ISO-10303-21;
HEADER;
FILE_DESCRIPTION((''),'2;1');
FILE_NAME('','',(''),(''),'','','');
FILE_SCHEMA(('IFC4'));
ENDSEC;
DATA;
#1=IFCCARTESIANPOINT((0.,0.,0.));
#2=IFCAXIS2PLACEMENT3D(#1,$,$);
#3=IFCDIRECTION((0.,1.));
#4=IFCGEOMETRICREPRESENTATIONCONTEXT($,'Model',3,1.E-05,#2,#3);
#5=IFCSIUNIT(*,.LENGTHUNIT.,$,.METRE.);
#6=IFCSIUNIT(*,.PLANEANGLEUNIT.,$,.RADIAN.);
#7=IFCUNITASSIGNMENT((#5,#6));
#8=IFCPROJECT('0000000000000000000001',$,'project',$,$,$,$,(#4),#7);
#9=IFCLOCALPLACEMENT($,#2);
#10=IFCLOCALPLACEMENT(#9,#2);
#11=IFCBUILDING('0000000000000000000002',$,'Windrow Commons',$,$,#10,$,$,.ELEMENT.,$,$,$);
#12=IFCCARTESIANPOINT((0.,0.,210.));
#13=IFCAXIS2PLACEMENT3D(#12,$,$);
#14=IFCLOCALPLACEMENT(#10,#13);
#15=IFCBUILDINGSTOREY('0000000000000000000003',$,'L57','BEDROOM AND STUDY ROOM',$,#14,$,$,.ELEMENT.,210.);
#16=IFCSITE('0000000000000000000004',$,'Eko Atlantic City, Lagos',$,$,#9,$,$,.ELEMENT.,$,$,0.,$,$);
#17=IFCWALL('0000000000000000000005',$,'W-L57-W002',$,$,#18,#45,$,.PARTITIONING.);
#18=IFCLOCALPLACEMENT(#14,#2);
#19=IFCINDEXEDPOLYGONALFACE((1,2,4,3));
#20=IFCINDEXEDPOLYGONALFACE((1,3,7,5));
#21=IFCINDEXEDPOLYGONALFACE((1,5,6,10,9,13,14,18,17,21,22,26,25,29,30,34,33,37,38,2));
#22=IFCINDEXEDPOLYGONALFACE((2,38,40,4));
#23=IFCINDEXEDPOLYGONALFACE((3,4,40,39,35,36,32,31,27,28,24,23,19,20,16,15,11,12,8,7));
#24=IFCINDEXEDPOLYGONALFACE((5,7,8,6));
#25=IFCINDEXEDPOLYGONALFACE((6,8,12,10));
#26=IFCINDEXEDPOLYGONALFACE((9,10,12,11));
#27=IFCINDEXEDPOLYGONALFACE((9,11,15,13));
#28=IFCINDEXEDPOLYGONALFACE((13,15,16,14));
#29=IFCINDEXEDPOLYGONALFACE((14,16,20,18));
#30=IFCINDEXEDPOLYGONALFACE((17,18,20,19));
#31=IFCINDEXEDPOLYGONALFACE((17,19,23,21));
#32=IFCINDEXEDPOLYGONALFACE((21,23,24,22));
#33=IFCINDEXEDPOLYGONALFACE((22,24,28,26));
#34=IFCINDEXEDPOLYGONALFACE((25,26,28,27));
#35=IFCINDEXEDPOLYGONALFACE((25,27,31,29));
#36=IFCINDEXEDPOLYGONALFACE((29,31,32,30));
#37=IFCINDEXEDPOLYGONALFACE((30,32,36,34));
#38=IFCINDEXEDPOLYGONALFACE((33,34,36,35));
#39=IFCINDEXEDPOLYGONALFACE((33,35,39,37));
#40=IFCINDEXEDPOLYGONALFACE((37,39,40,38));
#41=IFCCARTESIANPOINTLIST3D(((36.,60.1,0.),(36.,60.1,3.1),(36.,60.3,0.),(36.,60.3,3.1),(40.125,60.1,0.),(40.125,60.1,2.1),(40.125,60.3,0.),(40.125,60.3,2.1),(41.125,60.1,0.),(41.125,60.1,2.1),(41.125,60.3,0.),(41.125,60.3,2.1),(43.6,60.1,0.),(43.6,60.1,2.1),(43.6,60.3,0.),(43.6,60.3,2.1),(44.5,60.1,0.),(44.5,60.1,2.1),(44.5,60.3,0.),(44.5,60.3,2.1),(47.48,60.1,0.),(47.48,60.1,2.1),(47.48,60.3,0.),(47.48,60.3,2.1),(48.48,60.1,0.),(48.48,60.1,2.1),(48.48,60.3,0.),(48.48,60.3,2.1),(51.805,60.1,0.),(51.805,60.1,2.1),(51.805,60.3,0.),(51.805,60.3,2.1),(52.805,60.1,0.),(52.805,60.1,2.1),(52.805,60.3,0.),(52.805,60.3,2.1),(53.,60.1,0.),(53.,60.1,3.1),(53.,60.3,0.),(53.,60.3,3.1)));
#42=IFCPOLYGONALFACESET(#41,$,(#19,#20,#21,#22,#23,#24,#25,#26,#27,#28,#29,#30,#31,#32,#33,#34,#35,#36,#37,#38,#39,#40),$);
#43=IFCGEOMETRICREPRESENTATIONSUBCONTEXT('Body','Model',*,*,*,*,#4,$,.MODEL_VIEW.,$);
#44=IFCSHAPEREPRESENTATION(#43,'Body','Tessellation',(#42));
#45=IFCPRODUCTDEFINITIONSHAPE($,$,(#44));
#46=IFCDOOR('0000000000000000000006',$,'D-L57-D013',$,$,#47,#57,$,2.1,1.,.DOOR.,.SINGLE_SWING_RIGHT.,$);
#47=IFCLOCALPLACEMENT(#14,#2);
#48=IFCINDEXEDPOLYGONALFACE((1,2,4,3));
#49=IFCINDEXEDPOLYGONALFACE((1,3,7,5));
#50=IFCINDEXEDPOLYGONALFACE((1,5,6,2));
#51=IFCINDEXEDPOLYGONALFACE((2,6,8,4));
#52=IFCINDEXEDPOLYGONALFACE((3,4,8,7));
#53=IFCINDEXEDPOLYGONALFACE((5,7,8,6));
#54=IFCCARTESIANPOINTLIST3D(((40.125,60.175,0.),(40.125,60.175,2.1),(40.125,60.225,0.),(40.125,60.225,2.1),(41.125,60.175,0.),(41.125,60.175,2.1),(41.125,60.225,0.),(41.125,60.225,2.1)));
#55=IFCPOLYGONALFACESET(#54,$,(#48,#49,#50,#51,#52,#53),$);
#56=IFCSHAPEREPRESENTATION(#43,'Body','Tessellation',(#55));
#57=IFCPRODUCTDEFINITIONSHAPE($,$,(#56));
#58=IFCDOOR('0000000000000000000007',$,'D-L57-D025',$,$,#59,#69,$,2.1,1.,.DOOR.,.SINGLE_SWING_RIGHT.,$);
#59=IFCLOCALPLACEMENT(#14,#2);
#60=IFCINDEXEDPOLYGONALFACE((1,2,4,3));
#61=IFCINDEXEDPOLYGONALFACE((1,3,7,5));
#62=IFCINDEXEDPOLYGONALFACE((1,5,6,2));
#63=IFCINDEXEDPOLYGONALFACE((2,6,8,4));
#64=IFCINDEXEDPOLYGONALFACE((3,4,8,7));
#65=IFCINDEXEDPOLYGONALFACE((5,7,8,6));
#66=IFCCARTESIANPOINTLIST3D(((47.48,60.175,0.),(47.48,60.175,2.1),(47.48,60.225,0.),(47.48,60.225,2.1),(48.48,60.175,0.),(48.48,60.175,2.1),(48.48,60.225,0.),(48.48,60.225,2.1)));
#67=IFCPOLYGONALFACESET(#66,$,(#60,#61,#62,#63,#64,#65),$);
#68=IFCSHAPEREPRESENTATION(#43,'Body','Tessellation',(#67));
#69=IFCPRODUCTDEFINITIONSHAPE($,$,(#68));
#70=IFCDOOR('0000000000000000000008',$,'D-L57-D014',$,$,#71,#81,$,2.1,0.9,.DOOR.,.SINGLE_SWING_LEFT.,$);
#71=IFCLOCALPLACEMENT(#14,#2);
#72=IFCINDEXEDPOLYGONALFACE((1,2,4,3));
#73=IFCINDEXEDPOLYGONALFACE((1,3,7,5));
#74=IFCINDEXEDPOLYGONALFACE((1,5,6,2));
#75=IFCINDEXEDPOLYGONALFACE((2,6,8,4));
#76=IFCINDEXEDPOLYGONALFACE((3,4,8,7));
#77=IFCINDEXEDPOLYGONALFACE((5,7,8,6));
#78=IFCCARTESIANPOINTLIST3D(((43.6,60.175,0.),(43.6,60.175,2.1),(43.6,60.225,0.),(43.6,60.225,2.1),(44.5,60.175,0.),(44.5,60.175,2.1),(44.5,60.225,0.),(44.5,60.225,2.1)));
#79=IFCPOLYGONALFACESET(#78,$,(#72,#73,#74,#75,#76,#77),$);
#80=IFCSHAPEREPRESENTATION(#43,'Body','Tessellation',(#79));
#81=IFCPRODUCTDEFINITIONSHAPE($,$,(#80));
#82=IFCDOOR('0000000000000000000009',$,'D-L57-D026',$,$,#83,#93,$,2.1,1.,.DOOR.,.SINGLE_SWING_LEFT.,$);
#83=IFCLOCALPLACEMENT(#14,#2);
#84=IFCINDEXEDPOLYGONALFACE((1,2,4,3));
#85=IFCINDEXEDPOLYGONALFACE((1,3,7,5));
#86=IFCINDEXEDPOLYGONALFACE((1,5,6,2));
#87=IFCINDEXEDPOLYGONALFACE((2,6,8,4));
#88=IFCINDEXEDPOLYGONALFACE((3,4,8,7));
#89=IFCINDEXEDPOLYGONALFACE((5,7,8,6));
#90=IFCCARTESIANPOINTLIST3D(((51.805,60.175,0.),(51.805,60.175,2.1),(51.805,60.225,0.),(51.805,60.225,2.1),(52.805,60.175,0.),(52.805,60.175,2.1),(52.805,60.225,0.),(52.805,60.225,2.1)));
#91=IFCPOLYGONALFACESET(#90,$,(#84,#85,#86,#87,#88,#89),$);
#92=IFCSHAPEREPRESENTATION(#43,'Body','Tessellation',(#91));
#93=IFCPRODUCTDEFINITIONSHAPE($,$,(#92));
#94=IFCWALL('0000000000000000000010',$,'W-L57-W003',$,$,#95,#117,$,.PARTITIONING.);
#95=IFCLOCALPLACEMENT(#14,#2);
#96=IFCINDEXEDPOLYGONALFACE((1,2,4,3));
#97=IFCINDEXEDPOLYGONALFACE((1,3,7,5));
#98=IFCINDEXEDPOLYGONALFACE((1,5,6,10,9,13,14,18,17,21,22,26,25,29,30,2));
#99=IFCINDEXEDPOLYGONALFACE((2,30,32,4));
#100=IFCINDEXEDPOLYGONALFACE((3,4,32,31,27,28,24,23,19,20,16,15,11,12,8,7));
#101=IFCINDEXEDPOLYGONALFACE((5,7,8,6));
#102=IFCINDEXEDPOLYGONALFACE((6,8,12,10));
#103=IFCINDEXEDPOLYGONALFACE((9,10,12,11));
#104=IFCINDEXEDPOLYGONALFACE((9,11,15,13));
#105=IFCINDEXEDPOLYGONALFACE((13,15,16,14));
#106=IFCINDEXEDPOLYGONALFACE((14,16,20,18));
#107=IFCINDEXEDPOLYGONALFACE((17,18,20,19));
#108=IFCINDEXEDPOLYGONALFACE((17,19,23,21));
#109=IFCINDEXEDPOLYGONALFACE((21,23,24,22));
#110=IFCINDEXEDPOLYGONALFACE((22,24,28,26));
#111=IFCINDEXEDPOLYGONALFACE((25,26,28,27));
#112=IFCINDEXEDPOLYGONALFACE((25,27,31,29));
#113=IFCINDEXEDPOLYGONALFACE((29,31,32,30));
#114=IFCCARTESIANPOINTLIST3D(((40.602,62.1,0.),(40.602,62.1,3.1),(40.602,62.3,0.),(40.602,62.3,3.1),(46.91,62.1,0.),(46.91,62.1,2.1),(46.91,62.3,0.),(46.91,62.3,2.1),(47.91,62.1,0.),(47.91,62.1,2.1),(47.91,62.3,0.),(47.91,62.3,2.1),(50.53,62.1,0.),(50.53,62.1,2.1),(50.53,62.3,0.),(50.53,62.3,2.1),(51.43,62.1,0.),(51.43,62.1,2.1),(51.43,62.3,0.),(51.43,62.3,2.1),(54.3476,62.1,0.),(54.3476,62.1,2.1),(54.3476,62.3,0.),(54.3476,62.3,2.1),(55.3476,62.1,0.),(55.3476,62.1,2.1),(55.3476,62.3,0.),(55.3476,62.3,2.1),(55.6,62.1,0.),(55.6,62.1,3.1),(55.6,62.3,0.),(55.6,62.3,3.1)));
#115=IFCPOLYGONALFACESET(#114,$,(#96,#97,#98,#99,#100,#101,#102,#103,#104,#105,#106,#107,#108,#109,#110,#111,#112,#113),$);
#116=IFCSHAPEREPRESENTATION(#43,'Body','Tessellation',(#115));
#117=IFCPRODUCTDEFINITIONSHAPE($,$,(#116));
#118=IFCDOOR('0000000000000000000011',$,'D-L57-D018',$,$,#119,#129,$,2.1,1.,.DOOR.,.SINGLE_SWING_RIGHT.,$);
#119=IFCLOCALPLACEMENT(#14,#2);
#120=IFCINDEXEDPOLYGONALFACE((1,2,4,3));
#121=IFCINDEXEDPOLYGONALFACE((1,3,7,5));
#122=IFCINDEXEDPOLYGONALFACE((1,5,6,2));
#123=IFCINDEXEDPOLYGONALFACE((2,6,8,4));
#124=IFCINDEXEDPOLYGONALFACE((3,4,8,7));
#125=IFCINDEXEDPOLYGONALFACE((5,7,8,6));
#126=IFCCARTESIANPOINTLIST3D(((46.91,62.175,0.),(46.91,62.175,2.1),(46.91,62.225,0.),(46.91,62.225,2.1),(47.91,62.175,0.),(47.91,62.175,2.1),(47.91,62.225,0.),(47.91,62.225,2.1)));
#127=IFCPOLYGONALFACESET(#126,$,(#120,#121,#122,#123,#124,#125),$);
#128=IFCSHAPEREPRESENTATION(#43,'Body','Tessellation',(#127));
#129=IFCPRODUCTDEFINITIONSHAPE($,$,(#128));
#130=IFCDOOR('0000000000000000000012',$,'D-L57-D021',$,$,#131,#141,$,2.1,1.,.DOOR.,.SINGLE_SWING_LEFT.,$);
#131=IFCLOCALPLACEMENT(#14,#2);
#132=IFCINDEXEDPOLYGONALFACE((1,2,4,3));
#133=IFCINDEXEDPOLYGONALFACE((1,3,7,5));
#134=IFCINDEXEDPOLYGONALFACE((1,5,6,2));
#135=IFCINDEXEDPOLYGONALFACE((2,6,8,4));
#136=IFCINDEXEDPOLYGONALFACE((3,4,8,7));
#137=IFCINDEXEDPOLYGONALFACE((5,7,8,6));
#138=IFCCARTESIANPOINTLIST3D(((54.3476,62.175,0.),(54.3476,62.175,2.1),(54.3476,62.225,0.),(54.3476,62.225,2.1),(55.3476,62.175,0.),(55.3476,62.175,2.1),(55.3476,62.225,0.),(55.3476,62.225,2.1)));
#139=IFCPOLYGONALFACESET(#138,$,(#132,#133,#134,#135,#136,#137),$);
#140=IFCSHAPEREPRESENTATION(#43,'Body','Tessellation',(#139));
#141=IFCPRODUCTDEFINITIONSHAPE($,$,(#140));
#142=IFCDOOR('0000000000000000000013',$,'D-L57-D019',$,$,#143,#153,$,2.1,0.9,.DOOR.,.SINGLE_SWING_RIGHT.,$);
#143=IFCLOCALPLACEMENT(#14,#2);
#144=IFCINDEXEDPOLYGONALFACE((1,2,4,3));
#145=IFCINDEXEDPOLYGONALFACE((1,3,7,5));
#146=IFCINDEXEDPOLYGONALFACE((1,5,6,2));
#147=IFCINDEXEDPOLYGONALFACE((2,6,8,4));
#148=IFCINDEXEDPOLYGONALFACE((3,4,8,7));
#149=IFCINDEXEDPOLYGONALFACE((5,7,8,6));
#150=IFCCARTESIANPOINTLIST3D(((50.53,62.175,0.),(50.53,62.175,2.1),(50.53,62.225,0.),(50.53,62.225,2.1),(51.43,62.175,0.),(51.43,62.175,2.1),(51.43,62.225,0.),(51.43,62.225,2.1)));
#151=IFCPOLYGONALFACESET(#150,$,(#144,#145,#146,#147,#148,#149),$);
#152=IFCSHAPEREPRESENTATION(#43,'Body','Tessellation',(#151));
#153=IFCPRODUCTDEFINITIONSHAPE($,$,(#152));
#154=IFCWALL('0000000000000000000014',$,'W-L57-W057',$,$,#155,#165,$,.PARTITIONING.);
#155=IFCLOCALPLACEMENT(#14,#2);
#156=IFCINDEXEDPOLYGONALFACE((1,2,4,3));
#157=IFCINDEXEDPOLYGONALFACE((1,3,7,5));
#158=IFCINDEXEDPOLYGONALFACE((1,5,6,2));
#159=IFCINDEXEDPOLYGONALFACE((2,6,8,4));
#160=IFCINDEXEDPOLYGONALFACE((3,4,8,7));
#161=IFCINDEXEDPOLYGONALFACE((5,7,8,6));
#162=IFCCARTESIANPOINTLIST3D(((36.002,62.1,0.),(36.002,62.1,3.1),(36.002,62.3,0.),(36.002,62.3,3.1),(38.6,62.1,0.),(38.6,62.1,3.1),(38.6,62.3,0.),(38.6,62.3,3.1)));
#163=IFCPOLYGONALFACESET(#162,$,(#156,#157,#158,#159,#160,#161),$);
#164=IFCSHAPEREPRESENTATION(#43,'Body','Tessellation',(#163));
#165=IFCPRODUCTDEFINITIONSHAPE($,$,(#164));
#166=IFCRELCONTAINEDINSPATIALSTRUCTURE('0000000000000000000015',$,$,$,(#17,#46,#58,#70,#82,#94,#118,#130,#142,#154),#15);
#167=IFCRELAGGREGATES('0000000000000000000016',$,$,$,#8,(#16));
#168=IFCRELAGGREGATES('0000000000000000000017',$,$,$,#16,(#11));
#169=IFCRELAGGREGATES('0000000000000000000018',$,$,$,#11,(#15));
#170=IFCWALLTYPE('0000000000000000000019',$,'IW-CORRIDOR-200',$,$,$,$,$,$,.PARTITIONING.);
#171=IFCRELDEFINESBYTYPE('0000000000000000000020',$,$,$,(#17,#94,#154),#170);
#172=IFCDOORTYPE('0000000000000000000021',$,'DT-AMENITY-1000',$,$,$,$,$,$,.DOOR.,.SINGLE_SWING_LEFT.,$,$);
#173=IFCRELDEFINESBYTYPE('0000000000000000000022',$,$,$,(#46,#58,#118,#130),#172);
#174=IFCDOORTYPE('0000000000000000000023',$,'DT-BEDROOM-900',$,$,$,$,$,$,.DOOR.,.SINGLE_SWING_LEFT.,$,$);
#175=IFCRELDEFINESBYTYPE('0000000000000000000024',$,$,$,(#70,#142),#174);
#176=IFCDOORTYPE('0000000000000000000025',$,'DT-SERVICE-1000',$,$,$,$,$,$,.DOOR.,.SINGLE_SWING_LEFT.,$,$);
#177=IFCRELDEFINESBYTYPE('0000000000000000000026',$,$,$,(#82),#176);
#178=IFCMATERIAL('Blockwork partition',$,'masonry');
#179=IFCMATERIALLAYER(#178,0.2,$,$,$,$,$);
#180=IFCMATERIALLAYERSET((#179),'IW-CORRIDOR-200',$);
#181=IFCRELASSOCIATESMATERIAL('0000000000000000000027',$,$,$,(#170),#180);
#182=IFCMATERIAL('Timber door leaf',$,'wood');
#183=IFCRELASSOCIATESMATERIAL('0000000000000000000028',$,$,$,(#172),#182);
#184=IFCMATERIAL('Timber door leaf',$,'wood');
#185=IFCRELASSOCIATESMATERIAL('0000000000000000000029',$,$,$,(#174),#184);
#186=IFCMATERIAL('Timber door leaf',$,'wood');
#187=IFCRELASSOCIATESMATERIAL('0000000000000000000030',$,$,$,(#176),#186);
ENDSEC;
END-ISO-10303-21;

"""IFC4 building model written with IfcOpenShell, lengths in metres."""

from ifc_helpers import new_model, si_unit, direction, frame, frame_2d, origin, place, context, subcontext, project, spatial, rectangle, extrude, material, layer, layer_set, type_object, element, fill, save


model = new_model("IFC4")

# Units and contexts
model_context = context("Model", 3, precision=1e-05, world=origin(), true_north=direction((0.0, 1.0)))
body_context = subcontext(model_context, "Body", "Model", "MODEL_VIEW")
ifc_project = project(units=[si_unit("LENGTHUNIT", "METRE"), si_unit("PLANEANGLEUNIT", "RADIAN")], contexts=[model_context])

# Site, building, storey
site_placement = place(None, origin())
site = spatial("IfcSite", under=ifc_project, at=site_placement, Name="Eko Atlantic City, Lagos", CompositionType="ELEMENT", RefElevation=0.0)
building_placement = place(site_placement, origin())
building = spatial("IfcBuilding", under=site, at=building_placement, Name="Windrow Commons", CompositionType="ELEMENT")
storey_placement = place(building_placement, frame((0.0, 0.0, 210.0)))
storey = spatial("IfcBuildingStorey", under=building, at=storey_placement, Name="L57", Description="BEDROOM AND STUDY ROOM", CompositionType="ELEMENT", Elevation=210.0)

# Walls, openings, doors
ifc_material_1 = material(Name="Blockwork partition", Category="masonry")
ifc_layer_1 = layer(ifc_material_1, 0.2)
ifc_layer_set_1 = layer_set([ifc_layer_1], Name="IW-CORRIDOR-200")
wall_type_1 = type_object("IfcWallType", Name="IW-CORRIDOR-200", PredefinedType="PARTITIONING", material=ifc_layer_set_1)
wall_1_placement = place(storey_placement, frame((36.0, 60.2, 0.0), z_axis=(0.0, 0.0, 1.0), x_axis=(1.0, 0.0, 0.0)))
wall_1 = element("IfcWall", 1, at=wall_1_placement, inside=storey, type_object=wall_type_1, Name="W-L57-W002", PredefinedType="PARTITIONING", context=body_context, shape_type="SweptSolid", body=[
    extrude(rectangle(XDim=17.0, YDim=0.2, at=frame_2d((8.5, 0.0))), origin(), (0.0, 0.0, 1.0), 3.1),
])
opening_1_placement = place(wall_1_placement, frame((4.125, 0.0, 0.0)))
opening_1 = element("IfcOpeningElement", 2, at=opening_1_placement, cuts=wall_1, PredefinedType="OPENING", context=body_context, shape_type="SweptSolid", body=[
    extrude(rectangle(XDim=1.0, YDim=2.1, at=frame_2d((0.5, 1.05))), frame((0.0, 0.11, 0.0), z_axis=(0.0, -1.0, 0.0), x_axis=(1.0, 0.0, 0.0)), (0.0, 0.0, 1.0), 0.22),
])
opening_2_placement = place(wall_1_placement, frame((7.6, 0.0, 0.0)))
opening_2 = element("IfcOpeningElement", 3, at=opening_2_placement, cuts=wall_1, PredefinedType="OPENING", context=body_context, shape_type="SweptSolid", body=[
    extrude(rectangle(XDim=0.9, YDim=2.1, at=frame_2d((0.45, 1.05))), frame((0.0, 0.11, 0.0), z_axis=(0.0, -1.0, 0.0), x_axis=(1.0, 0.0, 0.0)), (0.0, 0.0, 1.0), 0.22),
])
opening_3_placement = place(wall_1_placement, frame((11.48, 0.0, 0.0)))
opening_3 = element("IfcOpeningElement", 4, at=opening_3_placement, cuts=wall_1, PredefinedType="OPENING", context=body_context, shape_type="SweptSolid", body=[
    extrude(rectangle(XDim=1.0, YDim=2.1, at=frame_2d((0.5, 1.05))), frame((0.0, 0.11, 0.0), z_axis=(0.0, -1.0, 0.0), x_axis=(1.0, 0.0, 0.0)), (0.0, 0.0, 1.0), 0.22),
])
opening_4_placement = place(wall_1_placement, frame((15.805, 0.0, 0.0)))
opening_4 = element("IfcOpeningElement", 5, at=opening_4_placement, cuts=wall_1, PredefinedType="OPENING", context=body_context, shape_type="SweptSolid", body=[
    extrude(rectangle(XDim=1.0, YDim=2.1, at=frame_2d((0.5, 1.05))), frame((0.0, 0.11, 0.0), z_axis=(0.0, -1.0, 0.0), x_axis=(1.0, 0.0, 0.0)), (0.0, 0.0, 1.0), 0.22),
])
ifc_material_2 = material(Name="Timber door leaf", Category="wood")
door_type_1 = type_object("IfcDoorType", Name="DT-AMENITY-1000", OperationType="SINGLE_SWING_LEFT", PredefinedType="DOOR", material=ifc_material_2)
door_1_placement = place(opening_1_placement, origin())
door_1 = element("IfcDoor", 6, at=door_1_placement, inside=storey, type_object=door_type_1, Name="D-L57-D013", OperationType="SINGLE_SWING_RIGHT", OverallHeight=2.1, OverallWidth=1.0, PredefinedType="DOOR", context=body_context, shape_type="SweptSolid", body=[
    extrude(rectangle(XDim=1.0, YDim=2.1, at=frame_2d((0.5, 1.05))), frame((0.0, 0.025, 0.0), z_axis=(0.0, -1.0, 0.0), x_axis=(1.0, 0.0, 0.0)), (0.0, 0.0, 1.0), 0.05),
])
fill(opening_1, door_1)
door_2_placement = place(opening_3_placement, origin())
door_2 = element("IfcDoor", 7, at=door_2_placement, inside=storey, type_object=door_type_1, Name="D-L57-D025", OperationType="SINGLE_SWING_RIGHT", OverallHeight=2.1, OverallWidth=1.0, PredefinedType="DOOR", context=body_context, shape_type="SweptSolid", body=[
    extrude(rectangle(XDim=1.0, YDim=2.1, at=frame_2d((0.5, 1.05))), frame((0.0, 0.025, 0.0), z_axis=(0.0, -1.0, 0.0), x_axis=(1.0, 0.0, 0.0)), (0.0, 0.0, 1.0), 0.05),
])
fill(opening_3, door_2)
ifc_material_3 = material(Name="Timber door leaf", Category="wood")
door_type_2 = type_object("IfcDoorType", Name="DT-BEDROOM-900", OperationType="SINGLE_SWING_LEFT", PredefinedType="DOOR", material=ifc_material_3)
door_3_placement = place(opening_2_placement, origin())
door_3 = element("IfcDoor", 8, at=door_3_placement, inside=storey, type_object=door_type_2, Name="D-L57-D014", OperationType="SINGLE_SWING_LEFT", OverallHeight=2.1, OverallWidth=0.9, PredefinedType="DOOR", context=body_context, shape_type="SweptSolid", body=[
    extrude(rectangle(XDim=0.9, YDim=2.1, at=frame_2d((0.45, 1.05))), frame((0.0, 0.025, 0.0), z_axis=(0.0, -1.0, 0.0), x_axis=(1.0, 0.0, 0.0)), (0.0, 0.0, 1.0), 0.05),
])
fill(opening_2, door_3)
ifc_material_4 = material(Name="Timber door leaf", Category="wood")
door_type_3 = type_object("IfcDoorType", Name="DT-SERVICE-1000", OperationType="SINGLE_SWING_LEFT", PredefinedType="DOOR", material=ifc_material_4)
door_4_placement = place(opening_4_placement, origin())
door_4 = element("IfcDoor", 9, at=door_4_placement, inside=storey, type_object=door_type_3, Name="D-L57-D026", OperationType="SINGLE_SWING_LEFT", OverallHeight=2.1, OverallWidth=1.0, PredefinedType="DOOR", context=body_context, shape_type="SweptSolid", body=[
    extrude(rectangle(XDim=1.0, YDim=2.1, at=frame_2d((0.5, 1.05))), frame((0.0, 0.025, 0.0), z_axis=(0.0, -1.0, 0.0), x_axis=(1.0, 0.0, 0.0)), (0.0, 0.0, 1.0), 0.05),
])
fill(opening_4, door_4)
wall_2_placement = place(storey_placement, frame((40.602, 62.2, 0.0), z_axis=(0.0, 0.0, 1.0), x_axis=(1.0, 0.0, 0.0)))
wall_2 = element("IfcWall", 10, at=wall_2_placement, inside=storey, type_object=wall_type_1, Name="W-L57-W003", PredefinedType="PARTITIONING", context=body_context, shape_type="SweptSolid", body=[
    extrude(rectangle(XDim=14.998, YDim=0.2, at=frame_2d((7.499, 0.0))), origin(), (0.0, 0.0, 1.0), 3.1),
])
opening_5_placement = place(wall_2_placement, frame((6.308, 0.0, 0.0)))
opening_5 = element("IfcOpeningElement", 11, at=opening_5_placement, cuts=wall_2, PredefinedType="OPENING", context=body_context, shape_type="SweptSolid", body=[
    extrude(rectangle(XDim=1.0, YDim=2.1, at=frame_2d((0.5, 1.05))), frame((0.0, 0.11, 0.0), z_axis=(0.0, -1.0, 0.0), x_axis=(1.0, 0.0, 0.0)), (0.0, 0.0, 1.0), 0.22),
])
opening_6_placement = place(wall_2_placement, frame((9.928, 0.0, 0.0)))
opening_6 = element("IfcOpeningElement", 12, at=opening_6_placement, cuts=wall_2, PredefinedType="OPENING", context=body_context, shape_type="SweptSolid", body=[
    extrude(rectangle(XDim=0.9, YDim=2.1, at=frame_2d((0.45, 1.05))), frame((0.0, 0.11, 0.0), z_axis=(0.0, -1.0, 0.0), x_axis=(1.0, 0.0, 0.0)), (0.0, 0.0, 1.0), 0.22),
])
opening_7_placement = place(wall_2_placement, frame((13.7456, 0.0, 0.0)))
opening_7 = element("IfcOpeningElement", 13, at=opening_7_placement, cuts=wall_2, PredefinedType="OPENING", context=body_context, shape_type="SweptSolid", body=[
    extrude(rectangle(XDim=1.0, YDim=2.1, at=frame_2d((0.5, 1.05))), frame((0.0, 0.11, 0.0), z_axis=(0.0, -1.0, 0.0), x_axis=(1.0, 0.0, 0.0)), (0.0, 0.0, 1.0), 0.22),
])
door_5_placement = place(opening_5_placement, origin())
door_5 = element("IfcDoor", 14, at=door_5_placement, inside=storey, type_object=door_type_1, Name="D-L57-D018", OperationType="SINGLE_SWING_RIGHT", OverallHeight=2.1, OverallWidth=1.0, PredefinedType="DOOR", context=body_context, shape_type="SweptSolid", body=[
    extrude(rectangle(XDim=1.0, YDim=2.1, at=frame_2d((0.5, 1.05))), frame((0.0, 0.025, 0.0), z_axis=(0.0, -1.0, 0.0), x_axis=(1.0, 0.0, 0.0)), (0.0, 0.0, 1.0), 0.05),
])
fill(opening_5, door_5)
door_6_placement = place(opening_7_placement, origin())
door_6 = element("IfcDoor", 15, at=door_6_placement, inside=storey, type_object=door_type_1, Name="D-L57-D021", OperationType="SINGLE_SWING_LEFT", OverallHeight=2.1, OverallWidth=1.0, PredefinedType="DOOR", context=body_context, shape_type="SweptSolid", body=[
    extrude(rectangle(XDim=1.0, YDim=2.1, at=frame_2d((0.5, 1.05))), frame((0.0, 0.025, 0.0), z_axis=(0.0, -1.0, 0.0), x_axis=(1.0, 0.0, 0.0)), (0.0, 0.0, 1.0), 0.05),
])
fill(opening_7, door_6)
door_7_placement = place(opening_6_placement, origin())
door_7 = element("IfcDoor", 16, at=door_7_placement, inside=storey, type_object=door_type_2, Name="D-L57-D019", OperationType="SINGLE_SWING_RIGHT", OverallHeight=2.1, OverallWidth=0.9, PredefinedType="DOOR", context=body_context, shape_type="SweptSolid", body=[
    extrude(rectangle(XDim=0.9, YDim=2.1, at=frame_2d((0.45, 1.05))), frame((0.0, 0.025, 0.0), z_axis=(0.0, -1.0, 0.0), x_axis=(1.0, 0.0, 0.0)), (0.0, 0.0, 1.0), 0.05),
])
fill(opening_6, door_7)

# Wall
wall_3_placement = place(storey_placement, frame((36.002, 62.2, 0.0), z_axis=(0.0, 0.0, 1.0), x_axis=(1.0, 0.0, 0.0)))
element("IfcWall", 17, at=wall_3_placement, inside=storey, type_object=wall_type_1, Name="W-L57-W057", PredefinedType="PARTITIONING", context=body_context, shape_type="SweptSolid", body=[
    extrude(rectangle(XDim=2.598, YDim=0.2, at=frame_2d((1.299, 0.0))), origin(), (0.0, 0.0, 1.0), 3.1),
])

save(model, "model.ifc")
